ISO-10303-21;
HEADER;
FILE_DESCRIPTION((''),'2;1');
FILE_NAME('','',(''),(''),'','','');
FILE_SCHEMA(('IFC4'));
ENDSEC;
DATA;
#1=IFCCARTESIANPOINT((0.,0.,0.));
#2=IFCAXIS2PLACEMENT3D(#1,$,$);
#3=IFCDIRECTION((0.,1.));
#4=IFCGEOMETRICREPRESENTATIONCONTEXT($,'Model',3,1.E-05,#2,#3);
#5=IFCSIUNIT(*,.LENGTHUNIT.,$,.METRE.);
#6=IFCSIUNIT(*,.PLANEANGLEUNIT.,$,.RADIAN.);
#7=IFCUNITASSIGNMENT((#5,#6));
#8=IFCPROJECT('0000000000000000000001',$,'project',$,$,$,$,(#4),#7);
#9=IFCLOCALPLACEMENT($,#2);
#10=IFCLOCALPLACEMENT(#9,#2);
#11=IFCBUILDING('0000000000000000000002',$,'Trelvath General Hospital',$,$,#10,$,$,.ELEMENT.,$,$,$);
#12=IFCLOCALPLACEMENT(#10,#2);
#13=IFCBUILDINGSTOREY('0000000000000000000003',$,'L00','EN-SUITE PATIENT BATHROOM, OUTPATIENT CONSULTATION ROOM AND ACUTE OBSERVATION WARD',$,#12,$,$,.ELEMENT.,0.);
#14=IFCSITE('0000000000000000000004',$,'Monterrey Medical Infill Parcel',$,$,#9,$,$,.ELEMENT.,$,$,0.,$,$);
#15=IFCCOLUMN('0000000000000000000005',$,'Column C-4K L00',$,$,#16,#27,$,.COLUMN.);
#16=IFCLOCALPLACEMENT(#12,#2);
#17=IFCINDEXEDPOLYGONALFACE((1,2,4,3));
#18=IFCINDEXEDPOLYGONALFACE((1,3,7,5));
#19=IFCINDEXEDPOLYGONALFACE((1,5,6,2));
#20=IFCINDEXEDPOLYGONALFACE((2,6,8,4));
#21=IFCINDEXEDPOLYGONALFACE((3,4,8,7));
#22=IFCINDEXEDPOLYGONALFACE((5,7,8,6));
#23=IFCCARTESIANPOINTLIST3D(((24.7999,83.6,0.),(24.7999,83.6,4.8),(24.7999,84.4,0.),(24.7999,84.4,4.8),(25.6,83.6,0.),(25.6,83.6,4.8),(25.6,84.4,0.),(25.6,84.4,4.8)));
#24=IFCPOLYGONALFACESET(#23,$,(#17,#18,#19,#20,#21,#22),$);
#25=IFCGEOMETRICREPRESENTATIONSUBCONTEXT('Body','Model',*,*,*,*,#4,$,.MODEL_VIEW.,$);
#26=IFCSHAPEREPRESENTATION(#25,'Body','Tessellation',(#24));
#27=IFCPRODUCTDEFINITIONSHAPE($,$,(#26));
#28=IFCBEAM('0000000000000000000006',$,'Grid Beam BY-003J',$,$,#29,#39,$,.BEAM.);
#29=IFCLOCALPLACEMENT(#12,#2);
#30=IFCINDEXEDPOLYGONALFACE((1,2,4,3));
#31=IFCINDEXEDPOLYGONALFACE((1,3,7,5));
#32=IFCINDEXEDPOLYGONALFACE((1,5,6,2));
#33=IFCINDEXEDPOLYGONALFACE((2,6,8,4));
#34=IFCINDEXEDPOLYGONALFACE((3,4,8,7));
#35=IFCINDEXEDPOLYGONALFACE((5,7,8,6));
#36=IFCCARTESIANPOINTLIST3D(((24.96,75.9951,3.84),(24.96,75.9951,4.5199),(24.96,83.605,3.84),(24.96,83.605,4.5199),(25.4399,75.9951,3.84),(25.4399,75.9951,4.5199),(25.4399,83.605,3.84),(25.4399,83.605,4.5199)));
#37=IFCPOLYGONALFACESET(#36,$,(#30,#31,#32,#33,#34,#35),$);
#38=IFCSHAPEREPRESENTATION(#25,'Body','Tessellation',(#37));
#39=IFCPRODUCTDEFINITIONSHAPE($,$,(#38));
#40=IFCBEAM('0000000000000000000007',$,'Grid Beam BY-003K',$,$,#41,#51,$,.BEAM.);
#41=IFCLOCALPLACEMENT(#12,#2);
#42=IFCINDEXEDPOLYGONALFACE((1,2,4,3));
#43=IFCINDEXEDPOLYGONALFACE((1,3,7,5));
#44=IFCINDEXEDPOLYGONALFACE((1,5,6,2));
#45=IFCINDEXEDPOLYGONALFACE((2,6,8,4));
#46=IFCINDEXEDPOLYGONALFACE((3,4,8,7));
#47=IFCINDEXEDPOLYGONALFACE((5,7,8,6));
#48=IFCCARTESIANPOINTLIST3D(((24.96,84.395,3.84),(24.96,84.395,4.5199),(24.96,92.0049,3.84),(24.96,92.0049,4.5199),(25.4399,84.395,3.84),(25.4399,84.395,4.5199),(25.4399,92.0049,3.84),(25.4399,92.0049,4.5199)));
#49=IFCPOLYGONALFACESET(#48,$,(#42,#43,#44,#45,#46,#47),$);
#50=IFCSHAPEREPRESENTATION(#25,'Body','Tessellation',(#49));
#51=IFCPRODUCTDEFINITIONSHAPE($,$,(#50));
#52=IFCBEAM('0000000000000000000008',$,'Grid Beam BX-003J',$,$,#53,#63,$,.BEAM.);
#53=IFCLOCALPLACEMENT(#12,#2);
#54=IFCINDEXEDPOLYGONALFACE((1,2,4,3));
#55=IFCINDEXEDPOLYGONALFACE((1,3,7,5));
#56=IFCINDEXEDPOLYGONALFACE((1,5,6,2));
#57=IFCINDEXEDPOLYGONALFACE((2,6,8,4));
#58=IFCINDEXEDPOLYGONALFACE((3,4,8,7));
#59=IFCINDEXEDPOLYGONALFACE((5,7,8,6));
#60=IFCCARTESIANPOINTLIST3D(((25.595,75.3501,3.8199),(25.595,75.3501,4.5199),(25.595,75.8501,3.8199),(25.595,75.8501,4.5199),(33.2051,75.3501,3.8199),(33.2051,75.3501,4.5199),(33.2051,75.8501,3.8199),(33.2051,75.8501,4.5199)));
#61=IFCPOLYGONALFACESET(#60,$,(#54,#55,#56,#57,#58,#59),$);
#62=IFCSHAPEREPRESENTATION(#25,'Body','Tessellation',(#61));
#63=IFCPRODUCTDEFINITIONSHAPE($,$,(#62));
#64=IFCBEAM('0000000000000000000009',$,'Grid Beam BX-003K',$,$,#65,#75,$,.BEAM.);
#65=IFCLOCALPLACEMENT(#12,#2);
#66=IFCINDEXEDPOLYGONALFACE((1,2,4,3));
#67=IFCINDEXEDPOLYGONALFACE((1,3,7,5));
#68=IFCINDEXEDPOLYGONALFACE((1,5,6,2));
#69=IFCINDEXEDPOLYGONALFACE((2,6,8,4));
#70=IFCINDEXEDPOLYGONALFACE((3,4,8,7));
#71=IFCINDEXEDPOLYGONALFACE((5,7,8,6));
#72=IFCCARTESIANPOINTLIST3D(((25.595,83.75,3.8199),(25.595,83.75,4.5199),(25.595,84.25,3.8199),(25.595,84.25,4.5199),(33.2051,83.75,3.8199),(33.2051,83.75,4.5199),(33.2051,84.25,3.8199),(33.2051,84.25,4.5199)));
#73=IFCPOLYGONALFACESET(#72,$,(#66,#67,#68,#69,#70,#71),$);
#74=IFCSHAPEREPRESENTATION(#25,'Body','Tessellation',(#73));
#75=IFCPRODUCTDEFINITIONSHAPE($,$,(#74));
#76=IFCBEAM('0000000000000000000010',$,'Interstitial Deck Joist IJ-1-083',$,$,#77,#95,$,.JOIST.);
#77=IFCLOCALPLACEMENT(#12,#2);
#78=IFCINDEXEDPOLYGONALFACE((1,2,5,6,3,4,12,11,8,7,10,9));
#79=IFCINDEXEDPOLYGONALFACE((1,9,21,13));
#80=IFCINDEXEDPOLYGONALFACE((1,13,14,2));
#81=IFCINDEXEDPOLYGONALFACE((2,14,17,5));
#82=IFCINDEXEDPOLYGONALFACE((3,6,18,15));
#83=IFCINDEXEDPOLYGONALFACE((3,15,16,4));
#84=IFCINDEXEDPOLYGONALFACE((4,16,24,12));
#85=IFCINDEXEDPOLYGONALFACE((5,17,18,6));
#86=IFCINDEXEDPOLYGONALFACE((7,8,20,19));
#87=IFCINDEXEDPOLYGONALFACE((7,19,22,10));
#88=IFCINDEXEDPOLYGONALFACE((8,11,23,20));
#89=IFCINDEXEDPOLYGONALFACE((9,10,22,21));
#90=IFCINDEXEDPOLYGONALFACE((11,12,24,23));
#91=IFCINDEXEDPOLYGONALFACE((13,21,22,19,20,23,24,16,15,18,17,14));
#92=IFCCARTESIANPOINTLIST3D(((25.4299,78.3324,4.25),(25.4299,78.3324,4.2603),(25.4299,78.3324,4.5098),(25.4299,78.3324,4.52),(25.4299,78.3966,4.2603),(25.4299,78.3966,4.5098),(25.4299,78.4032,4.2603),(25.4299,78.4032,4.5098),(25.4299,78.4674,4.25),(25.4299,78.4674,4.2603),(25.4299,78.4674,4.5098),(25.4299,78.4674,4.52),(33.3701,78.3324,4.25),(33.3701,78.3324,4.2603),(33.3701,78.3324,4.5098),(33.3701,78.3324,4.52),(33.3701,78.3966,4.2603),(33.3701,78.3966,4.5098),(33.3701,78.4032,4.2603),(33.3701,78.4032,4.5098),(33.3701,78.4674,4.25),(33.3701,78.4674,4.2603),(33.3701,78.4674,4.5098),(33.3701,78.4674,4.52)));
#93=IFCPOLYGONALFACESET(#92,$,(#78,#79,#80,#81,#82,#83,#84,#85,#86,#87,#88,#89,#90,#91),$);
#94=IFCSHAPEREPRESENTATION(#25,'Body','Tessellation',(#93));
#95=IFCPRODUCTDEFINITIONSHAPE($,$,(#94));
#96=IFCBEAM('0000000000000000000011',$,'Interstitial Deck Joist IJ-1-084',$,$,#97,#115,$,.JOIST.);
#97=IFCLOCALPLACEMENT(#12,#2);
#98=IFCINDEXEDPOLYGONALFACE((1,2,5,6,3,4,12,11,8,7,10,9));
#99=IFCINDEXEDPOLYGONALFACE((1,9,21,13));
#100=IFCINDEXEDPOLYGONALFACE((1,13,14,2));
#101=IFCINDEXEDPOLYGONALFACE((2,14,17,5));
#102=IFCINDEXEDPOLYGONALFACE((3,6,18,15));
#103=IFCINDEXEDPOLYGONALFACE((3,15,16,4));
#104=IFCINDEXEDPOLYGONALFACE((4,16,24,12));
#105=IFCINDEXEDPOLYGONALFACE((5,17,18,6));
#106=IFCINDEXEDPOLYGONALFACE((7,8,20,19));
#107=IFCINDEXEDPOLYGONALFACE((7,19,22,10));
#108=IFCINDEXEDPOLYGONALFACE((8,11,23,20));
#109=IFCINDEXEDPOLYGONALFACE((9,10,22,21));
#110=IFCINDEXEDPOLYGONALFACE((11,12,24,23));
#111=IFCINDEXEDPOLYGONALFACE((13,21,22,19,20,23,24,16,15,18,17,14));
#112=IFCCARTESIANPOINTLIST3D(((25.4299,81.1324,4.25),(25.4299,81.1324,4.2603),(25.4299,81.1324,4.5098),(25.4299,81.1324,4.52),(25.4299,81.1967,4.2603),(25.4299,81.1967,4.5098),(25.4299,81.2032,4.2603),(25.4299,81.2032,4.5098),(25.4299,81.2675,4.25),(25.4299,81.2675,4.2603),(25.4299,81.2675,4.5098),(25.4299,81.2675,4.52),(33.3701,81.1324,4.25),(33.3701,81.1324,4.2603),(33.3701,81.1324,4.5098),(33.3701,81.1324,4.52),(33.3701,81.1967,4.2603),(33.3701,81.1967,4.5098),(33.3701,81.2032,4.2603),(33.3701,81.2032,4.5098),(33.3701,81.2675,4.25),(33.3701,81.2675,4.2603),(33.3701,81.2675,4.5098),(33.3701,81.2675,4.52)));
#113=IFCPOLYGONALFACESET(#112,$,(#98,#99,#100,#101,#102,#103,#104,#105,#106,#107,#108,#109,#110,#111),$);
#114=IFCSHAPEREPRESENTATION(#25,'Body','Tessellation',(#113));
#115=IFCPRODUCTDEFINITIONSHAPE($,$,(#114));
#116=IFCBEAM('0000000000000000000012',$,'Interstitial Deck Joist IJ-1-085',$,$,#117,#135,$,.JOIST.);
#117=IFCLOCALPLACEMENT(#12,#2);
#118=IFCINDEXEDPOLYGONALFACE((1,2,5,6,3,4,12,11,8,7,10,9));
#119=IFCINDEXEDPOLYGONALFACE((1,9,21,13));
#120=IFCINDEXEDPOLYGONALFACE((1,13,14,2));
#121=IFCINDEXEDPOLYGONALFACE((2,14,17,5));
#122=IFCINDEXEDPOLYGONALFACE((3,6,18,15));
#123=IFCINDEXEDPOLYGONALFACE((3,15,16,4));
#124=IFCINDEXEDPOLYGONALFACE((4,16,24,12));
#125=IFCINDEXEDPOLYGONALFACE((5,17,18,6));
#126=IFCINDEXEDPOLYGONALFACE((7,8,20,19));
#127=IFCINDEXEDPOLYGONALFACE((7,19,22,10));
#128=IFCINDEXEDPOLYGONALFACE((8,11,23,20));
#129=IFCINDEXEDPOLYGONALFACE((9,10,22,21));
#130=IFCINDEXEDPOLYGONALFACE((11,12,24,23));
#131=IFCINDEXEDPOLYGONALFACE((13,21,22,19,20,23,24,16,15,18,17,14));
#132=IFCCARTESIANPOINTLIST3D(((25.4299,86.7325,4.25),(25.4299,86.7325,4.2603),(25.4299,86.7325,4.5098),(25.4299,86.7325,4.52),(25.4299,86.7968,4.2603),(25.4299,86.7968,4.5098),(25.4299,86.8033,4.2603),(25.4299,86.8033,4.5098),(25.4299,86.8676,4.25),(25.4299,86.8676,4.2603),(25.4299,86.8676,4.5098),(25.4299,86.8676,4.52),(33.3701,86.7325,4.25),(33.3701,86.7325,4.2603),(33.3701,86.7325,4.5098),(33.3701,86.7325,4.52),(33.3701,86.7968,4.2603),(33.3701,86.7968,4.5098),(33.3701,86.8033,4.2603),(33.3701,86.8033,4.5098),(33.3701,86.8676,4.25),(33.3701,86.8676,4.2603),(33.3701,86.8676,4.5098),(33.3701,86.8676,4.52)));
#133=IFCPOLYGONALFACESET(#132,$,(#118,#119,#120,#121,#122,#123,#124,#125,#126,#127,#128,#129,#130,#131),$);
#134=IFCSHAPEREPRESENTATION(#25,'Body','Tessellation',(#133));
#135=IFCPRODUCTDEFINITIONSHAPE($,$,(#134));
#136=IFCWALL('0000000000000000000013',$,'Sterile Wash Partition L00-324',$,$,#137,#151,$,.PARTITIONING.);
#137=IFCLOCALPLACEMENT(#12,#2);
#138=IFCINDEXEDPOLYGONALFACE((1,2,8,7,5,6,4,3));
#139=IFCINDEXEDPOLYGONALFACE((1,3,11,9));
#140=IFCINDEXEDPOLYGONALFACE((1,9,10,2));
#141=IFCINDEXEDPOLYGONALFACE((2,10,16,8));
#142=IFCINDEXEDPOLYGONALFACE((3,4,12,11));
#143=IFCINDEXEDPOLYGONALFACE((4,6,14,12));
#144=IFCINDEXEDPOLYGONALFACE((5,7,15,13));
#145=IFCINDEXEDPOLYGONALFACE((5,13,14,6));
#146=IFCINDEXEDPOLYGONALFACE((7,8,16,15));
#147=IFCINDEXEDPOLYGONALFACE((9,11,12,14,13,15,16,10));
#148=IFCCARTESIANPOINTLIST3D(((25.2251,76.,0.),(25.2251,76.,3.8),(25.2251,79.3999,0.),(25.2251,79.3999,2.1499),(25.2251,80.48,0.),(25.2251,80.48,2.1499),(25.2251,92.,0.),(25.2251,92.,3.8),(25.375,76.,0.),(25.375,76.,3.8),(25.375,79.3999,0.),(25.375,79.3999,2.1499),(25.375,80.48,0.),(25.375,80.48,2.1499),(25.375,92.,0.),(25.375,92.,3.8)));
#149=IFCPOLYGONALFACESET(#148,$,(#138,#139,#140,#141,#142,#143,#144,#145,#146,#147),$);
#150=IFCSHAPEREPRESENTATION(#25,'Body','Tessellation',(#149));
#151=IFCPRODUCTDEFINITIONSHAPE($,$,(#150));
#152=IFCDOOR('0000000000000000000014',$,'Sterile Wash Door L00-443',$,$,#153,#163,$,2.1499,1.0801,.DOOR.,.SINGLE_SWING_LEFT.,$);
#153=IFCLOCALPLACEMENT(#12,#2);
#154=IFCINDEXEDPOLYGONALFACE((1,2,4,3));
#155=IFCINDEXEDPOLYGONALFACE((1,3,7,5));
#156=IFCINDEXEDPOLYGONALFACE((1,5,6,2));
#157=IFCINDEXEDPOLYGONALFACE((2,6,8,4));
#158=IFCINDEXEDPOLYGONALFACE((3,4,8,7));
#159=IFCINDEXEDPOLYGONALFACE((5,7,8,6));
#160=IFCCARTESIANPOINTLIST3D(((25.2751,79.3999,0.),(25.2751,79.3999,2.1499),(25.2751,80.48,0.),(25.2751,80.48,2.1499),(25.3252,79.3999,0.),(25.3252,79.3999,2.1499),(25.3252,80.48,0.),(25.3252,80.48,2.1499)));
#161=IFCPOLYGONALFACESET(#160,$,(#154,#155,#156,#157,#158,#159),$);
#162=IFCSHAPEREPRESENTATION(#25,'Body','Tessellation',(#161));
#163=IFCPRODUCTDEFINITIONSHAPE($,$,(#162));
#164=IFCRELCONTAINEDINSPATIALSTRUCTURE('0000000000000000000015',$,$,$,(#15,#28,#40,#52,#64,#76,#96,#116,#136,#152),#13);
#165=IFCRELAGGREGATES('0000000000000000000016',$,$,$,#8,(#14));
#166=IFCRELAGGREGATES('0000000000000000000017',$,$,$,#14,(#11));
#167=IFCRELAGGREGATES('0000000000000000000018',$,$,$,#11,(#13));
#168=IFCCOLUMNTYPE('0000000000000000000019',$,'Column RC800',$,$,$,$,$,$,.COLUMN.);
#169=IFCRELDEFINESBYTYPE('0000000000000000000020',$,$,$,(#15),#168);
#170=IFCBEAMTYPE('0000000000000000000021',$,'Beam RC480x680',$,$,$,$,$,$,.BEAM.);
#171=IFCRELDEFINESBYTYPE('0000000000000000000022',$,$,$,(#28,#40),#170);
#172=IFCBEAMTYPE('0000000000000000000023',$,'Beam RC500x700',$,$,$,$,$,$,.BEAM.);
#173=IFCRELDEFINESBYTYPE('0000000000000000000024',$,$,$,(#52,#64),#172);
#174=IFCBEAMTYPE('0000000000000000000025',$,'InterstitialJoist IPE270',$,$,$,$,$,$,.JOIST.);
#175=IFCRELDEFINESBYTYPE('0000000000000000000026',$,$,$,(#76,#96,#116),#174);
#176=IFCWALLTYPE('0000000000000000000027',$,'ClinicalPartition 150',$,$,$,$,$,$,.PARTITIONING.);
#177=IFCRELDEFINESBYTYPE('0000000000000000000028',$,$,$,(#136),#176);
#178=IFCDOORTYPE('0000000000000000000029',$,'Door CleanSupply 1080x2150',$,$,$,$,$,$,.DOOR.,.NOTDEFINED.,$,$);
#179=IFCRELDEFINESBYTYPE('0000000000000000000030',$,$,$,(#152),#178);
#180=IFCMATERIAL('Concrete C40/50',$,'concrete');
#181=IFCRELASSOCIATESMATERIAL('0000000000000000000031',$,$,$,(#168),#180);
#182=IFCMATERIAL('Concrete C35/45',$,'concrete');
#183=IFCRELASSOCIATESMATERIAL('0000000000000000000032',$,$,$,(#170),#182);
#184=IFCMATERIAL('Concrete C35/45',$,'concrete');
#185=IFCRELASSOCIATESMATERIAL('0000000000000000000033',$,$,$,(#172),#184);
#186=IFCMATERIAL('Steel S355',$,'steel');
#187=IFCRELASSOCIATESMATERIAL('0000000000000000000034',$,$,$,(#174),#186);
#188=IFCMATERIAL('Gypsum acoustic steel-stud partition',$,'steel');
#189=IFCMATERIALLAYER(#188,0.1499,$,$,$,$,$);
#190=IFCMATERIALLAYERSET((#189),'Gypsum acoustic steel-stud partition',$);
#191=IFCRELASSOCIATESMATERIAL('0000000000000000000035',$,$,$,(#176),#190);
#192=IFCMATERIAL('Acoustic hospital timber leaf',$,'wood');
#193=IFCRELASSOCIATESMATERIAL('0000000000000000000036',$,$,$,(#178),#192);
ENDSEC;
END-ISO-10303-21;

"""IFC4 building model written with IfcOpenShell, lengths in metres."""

from ifc_helpers import new_model, si_unit, direction, frame, frame_2d, origin, origin_2d, place, context, subcontext, project, spatial, rectangle, i_section, extrude, material, layer, layer_set, material_profile, profile_set, type_object, element, fill, save


model = new_model("IFC4")

# Units and contexts
model_context = context("Model", 3, precision=1e-05, world=origin(), true_north=direction((0.0, 1.0)))
body_context = subcontext(model_context, "Body", "Model", "MODEL_VIEW")
ifc_project = project(units=[si_unit("LENGTHUNIT", "METRE"), si_unit("PLANEANGLEUNIT", "RADIAN")], contexts=[model_context])

# Site, building, storey
site_placement = place(None, origin())
site = spatial("IfcSite", under=ifc_project, at=site_placement, Name="Monterrey Medical Infill Parcel", CompositionType="ELEMENT", RefElevation=0.0)
building_placement = place(site_placement, origin())
building = spatial("IfcBuilding", under=site, at=building_placement, Name="Trelvath General Hospital", CompositionType="ELEMENT")
storey_placement = place(building_placement, origin())
storey = spatial("IfcBuildingStorey", under=building, at=storey_placement, Name="L00", Description="EN-SUITE PATIENT BATHROOM, OUTPATIENT CONSULTATION ROOM AND ACUTE OBSERVATION WARD", CompositionType="ELEMENT", Elevation=0.0)

# Column
ifc_material_1 = material(Name="Concrete C40/50", Category="concrete")
ifc_material_profile_1 = material_profile(ifc_material_1, rectangle(XDim=0.8, YDim=0.8, at=origin_2d()), Name="RC800x800")
ifc_profile_set_1 = profile_set([ifc_material_profile_1], Name="Concrete C40/50")
column_type = type_object("IfcColumnType", Name="Column RC800", PredefinedType="COLUMN", material=ifc_profile_set_1)
for number, where, z_axis, x_axis, name in (
    (1, (25.2, 84.0, 0.0), (0.0, 0.0, 1.0), (1.0, 0.0, 0.0), "Column C-4K L00"),
):
    element("IfcColumn", number, at=place(storey_placement, frame(where, z_axis=z_axis, x_axis=x_axis)), inside=storey, type_object=column_type, Name=name, PredefinedType="COLUMN", context=body_context, shape_type="SweptSolid", body=[
        extrude(rectangle(XDim=0.8, YDim=0.8, at=origin_2d()), origin(), (0.0, 0.0, 1.0), 4.8),
    ])

# Beams
ifc_material_2 = material(Name="Concrete C35/45", Category="concrete")
ifc_material_profile_2 = material_profile(ifc_material_2, rectangle(XDim=0.48, YDim=0.6799, at=origin_2d()), Name="RCB480x680")
ifc_profile_set_2 = profile_set([ifc_material_profile_2], Name="Concrete C35/45")
beam_type_1 = type_object("IfcBeamType", Name="Beam RC480x680", PredefinedType="BEAM", material=ifc_profile_set_2)
for number, where, z_axis, x_axis, name in (
    (2, (25.2, 75.9951, 4.1799), (0.0, 1.0, 0.0), (-1.0, 0.0, 0.0), "Grid Beam BY-003J"),
    (3, (25.2, 84.395, 4.1799), (0.0, 1.0, 0.0), (-1.0, 0.0, 0.0), "Grid Beam BY-003K"),
):
    element("IfcBeam", number, at=place(storey_placement, frame(where, z_axis=z_axis, x_axis=x_axis)), inside=storey, type_object=beam_type_1, Name=name, PredefinedType="BEAM", context=body_context, shape_type="SweptSolid", body=[
        extrude(rectangle(XDim=0.48, YDim=0.6799, at=origin_2d()), origin(), (0.0, 0.0, 1.0), 7.6099),
    ])
ifc_material_3 = material(Name="Concrete C35/45", Category="concrete")
ifc_material_profile_3 = material_profile(ifc_material_3, rectangle(XDim=0.5, YDim=0.7, at=origin_2d()), Name="RCB500x700")
ifc_profile_set_3 = profile_set([ifc_material_profile_3], Name="Concrete C35/45")
beam_type_2 = type_object("IfcBeamType", Name="Beam RC500x700", PredefinedType="BEAM", material=ifc_profile_set_3)
for number, where, z_axis, x_axis, name in (
    (4, (25.595, 75.6001, 4.1699), (1.0, 0.0, 0.0), (0.0, 1.0, 0.0), "Grid Beam BX-003J"),
    (5, (25.595, 84.0, 4.1699), (1.0, 0.0, 0.0), (0.0, 1.0, 0.0), "Grid Beam BX-003K"),
):
    element("IfcBeam", number, at=place(storey_placement, frame(where, z_axis=z_axis, x_axis=x_axis)), inside=storey, type_object=beam_type_2, Name=name, PredefinedType="BEAM", context=body_context, shape_type="SweptSolid", body=[
        extrude(rectangle(XDim=0.5, YDim=0.7, at=origin_2d()), origin(), (0.0, 0.0, 1.0), 7.6101),
    ])
ifc_material_4 = material(Name="Steel S355", Category="steel")
ifc_material_profile_4 = material_profile(ifc_material_4, i_section(OverallWidth=0.135, OverallDepth=0.27, WebThickness=0.0066, FlangeThickness=0.0103, at=origin_2d()), Name="IPE270")
ifc_profile_set_4 = profile_set([ifc_material_profile_4], Name="Steel S355")
beam_type_3 = type_object("IfcBeamType", Name="InterstitialJoist IPE270", PredefinedType="JOIST", material=ifc_profile_set_4)
for number, where, z_axis, x_axis, name in (
    (6, (25.4299, 78.3999, 4.385), (1.0, 0.0, 0.0), (0.0, 1.0, 0.0), "Interstitial Deck Joist IJ-1-083"),
    (7, (25.4299, 81.2, 4.385), (1.0, 0.0, 0.0), (0.0, 1.0, 0.0), "Interstitial Deck Joist IJ-1-084"),
    (8, (25.4299, 86.8, 4.385), (1.0, 0.0, 0.0), (0.0, 1.0, 0.0), "Interstitial Deck Joist IJ-1-085"),
):
    element("IfcBeam", number, at=place(storey_placement, frame(where, z_axis=z_axis, x_axis=x_axis)), inside=storey, type_object=beam_type_3, Name=name, PredefinedType="JOIST", context=body_context, shape_type="SweptSolid", body=[
        extrude(i_section(OverallWidth=0.135, OverallDepth=0.27, WebThickness=0.0066, FlangeThickness=0.0103, at=origin_2d()), origin(), (0.0, 0.0, 1.0), 7.9402),
    ])

# Wall, opening, door
ifc_material_5 = material(Name="Gypsum acoustic steel-stud partition", Category="steel")
ifc_layer_1 = layer(ifc_material_5, 0.1499)
ifc_layer_set_1 = layer_set([ifc_layer_1], Name="Gypsum acoustic steel-stud partition")
wall_type = type_object("IfcWallType", Name="ClinicalPartition 150", PredefinedType="PARTITIONING", material=ifc_layer_set_1)
wall_placement = place(storey_placement, frame((25.3, 76.0, 0.0), z_axis=(0.0, 0.0, 1.0), x_axis=(0.0, 1.0, 0.0)))
wall = element("IfcWall", 9, at=wall_placement, inside=storey, type_object=wall_type, Name="Sterile Wash Partition L00-324", PredefinedType="PARTITIONING", context=body_context, shape_type="SweptSolid", body=[
    extrude(rectangle(XDim=16.0, YDim=0.1499, at=frame_2d((8.0, 0.0))), origin(), (0.0, 0.0, 1.0), 3.8),
])
opening_placement = place(wall_placement, frame((3.3999, 0.0, 0.0)))
opening = element("IfcOpeningElement", 10, at=opening_placement, cuts=wall, PredefinedType="OPENING", context=body_context, shape_type="SweptSolid", body=[
    extrude(rectangle(XDim=1.0801, YDim=2.1499, at=frame_2d((0.54, 1.075))), frame((0.0, 0.085, 0.0), z_axis=(0.0, -1.0, 0.0), x_axis=(1.0, 0.0, 0.0)), (0.0, 0.0, 1.0), 0.1699),
])
ifc_material_6 = material(Name="Acoustic hospital timber leaf", Category="wood")
door_type = type_object("IfcDoorType", Name="Door CleanSupply 1080x2150", OperationType="NOTDEFINED", PredefinedType="DOOR", material=ifc_material_6)
door_placement = place(opening_placement, origin())
door = element("IfcDoor", 11, at=door_placement, inside=storey, type_object=door_type, Name="Sterile Wash Door L00-443", OperationType="SINGLE_SWING_LEFT", OverallHeight=2.1499, OverallWidth=1.0801, PredefinedType="DOOR", context=body_context, shape_type="SweptSolid", body=[
    extrude(rectangle(XDim=1.0801, YDim=2.1499, at=frame_2d((0.54, 1.075))), frame((0.0, 0.0249, 0.0), z_axis=(0.0, -1.0, 0.0), x_axis=(1.0, 0.0, 0.0)), (0.0, 0.0, 1.0), 0.05),
])
fill(opening, door)

save(model, "model.ifc")
